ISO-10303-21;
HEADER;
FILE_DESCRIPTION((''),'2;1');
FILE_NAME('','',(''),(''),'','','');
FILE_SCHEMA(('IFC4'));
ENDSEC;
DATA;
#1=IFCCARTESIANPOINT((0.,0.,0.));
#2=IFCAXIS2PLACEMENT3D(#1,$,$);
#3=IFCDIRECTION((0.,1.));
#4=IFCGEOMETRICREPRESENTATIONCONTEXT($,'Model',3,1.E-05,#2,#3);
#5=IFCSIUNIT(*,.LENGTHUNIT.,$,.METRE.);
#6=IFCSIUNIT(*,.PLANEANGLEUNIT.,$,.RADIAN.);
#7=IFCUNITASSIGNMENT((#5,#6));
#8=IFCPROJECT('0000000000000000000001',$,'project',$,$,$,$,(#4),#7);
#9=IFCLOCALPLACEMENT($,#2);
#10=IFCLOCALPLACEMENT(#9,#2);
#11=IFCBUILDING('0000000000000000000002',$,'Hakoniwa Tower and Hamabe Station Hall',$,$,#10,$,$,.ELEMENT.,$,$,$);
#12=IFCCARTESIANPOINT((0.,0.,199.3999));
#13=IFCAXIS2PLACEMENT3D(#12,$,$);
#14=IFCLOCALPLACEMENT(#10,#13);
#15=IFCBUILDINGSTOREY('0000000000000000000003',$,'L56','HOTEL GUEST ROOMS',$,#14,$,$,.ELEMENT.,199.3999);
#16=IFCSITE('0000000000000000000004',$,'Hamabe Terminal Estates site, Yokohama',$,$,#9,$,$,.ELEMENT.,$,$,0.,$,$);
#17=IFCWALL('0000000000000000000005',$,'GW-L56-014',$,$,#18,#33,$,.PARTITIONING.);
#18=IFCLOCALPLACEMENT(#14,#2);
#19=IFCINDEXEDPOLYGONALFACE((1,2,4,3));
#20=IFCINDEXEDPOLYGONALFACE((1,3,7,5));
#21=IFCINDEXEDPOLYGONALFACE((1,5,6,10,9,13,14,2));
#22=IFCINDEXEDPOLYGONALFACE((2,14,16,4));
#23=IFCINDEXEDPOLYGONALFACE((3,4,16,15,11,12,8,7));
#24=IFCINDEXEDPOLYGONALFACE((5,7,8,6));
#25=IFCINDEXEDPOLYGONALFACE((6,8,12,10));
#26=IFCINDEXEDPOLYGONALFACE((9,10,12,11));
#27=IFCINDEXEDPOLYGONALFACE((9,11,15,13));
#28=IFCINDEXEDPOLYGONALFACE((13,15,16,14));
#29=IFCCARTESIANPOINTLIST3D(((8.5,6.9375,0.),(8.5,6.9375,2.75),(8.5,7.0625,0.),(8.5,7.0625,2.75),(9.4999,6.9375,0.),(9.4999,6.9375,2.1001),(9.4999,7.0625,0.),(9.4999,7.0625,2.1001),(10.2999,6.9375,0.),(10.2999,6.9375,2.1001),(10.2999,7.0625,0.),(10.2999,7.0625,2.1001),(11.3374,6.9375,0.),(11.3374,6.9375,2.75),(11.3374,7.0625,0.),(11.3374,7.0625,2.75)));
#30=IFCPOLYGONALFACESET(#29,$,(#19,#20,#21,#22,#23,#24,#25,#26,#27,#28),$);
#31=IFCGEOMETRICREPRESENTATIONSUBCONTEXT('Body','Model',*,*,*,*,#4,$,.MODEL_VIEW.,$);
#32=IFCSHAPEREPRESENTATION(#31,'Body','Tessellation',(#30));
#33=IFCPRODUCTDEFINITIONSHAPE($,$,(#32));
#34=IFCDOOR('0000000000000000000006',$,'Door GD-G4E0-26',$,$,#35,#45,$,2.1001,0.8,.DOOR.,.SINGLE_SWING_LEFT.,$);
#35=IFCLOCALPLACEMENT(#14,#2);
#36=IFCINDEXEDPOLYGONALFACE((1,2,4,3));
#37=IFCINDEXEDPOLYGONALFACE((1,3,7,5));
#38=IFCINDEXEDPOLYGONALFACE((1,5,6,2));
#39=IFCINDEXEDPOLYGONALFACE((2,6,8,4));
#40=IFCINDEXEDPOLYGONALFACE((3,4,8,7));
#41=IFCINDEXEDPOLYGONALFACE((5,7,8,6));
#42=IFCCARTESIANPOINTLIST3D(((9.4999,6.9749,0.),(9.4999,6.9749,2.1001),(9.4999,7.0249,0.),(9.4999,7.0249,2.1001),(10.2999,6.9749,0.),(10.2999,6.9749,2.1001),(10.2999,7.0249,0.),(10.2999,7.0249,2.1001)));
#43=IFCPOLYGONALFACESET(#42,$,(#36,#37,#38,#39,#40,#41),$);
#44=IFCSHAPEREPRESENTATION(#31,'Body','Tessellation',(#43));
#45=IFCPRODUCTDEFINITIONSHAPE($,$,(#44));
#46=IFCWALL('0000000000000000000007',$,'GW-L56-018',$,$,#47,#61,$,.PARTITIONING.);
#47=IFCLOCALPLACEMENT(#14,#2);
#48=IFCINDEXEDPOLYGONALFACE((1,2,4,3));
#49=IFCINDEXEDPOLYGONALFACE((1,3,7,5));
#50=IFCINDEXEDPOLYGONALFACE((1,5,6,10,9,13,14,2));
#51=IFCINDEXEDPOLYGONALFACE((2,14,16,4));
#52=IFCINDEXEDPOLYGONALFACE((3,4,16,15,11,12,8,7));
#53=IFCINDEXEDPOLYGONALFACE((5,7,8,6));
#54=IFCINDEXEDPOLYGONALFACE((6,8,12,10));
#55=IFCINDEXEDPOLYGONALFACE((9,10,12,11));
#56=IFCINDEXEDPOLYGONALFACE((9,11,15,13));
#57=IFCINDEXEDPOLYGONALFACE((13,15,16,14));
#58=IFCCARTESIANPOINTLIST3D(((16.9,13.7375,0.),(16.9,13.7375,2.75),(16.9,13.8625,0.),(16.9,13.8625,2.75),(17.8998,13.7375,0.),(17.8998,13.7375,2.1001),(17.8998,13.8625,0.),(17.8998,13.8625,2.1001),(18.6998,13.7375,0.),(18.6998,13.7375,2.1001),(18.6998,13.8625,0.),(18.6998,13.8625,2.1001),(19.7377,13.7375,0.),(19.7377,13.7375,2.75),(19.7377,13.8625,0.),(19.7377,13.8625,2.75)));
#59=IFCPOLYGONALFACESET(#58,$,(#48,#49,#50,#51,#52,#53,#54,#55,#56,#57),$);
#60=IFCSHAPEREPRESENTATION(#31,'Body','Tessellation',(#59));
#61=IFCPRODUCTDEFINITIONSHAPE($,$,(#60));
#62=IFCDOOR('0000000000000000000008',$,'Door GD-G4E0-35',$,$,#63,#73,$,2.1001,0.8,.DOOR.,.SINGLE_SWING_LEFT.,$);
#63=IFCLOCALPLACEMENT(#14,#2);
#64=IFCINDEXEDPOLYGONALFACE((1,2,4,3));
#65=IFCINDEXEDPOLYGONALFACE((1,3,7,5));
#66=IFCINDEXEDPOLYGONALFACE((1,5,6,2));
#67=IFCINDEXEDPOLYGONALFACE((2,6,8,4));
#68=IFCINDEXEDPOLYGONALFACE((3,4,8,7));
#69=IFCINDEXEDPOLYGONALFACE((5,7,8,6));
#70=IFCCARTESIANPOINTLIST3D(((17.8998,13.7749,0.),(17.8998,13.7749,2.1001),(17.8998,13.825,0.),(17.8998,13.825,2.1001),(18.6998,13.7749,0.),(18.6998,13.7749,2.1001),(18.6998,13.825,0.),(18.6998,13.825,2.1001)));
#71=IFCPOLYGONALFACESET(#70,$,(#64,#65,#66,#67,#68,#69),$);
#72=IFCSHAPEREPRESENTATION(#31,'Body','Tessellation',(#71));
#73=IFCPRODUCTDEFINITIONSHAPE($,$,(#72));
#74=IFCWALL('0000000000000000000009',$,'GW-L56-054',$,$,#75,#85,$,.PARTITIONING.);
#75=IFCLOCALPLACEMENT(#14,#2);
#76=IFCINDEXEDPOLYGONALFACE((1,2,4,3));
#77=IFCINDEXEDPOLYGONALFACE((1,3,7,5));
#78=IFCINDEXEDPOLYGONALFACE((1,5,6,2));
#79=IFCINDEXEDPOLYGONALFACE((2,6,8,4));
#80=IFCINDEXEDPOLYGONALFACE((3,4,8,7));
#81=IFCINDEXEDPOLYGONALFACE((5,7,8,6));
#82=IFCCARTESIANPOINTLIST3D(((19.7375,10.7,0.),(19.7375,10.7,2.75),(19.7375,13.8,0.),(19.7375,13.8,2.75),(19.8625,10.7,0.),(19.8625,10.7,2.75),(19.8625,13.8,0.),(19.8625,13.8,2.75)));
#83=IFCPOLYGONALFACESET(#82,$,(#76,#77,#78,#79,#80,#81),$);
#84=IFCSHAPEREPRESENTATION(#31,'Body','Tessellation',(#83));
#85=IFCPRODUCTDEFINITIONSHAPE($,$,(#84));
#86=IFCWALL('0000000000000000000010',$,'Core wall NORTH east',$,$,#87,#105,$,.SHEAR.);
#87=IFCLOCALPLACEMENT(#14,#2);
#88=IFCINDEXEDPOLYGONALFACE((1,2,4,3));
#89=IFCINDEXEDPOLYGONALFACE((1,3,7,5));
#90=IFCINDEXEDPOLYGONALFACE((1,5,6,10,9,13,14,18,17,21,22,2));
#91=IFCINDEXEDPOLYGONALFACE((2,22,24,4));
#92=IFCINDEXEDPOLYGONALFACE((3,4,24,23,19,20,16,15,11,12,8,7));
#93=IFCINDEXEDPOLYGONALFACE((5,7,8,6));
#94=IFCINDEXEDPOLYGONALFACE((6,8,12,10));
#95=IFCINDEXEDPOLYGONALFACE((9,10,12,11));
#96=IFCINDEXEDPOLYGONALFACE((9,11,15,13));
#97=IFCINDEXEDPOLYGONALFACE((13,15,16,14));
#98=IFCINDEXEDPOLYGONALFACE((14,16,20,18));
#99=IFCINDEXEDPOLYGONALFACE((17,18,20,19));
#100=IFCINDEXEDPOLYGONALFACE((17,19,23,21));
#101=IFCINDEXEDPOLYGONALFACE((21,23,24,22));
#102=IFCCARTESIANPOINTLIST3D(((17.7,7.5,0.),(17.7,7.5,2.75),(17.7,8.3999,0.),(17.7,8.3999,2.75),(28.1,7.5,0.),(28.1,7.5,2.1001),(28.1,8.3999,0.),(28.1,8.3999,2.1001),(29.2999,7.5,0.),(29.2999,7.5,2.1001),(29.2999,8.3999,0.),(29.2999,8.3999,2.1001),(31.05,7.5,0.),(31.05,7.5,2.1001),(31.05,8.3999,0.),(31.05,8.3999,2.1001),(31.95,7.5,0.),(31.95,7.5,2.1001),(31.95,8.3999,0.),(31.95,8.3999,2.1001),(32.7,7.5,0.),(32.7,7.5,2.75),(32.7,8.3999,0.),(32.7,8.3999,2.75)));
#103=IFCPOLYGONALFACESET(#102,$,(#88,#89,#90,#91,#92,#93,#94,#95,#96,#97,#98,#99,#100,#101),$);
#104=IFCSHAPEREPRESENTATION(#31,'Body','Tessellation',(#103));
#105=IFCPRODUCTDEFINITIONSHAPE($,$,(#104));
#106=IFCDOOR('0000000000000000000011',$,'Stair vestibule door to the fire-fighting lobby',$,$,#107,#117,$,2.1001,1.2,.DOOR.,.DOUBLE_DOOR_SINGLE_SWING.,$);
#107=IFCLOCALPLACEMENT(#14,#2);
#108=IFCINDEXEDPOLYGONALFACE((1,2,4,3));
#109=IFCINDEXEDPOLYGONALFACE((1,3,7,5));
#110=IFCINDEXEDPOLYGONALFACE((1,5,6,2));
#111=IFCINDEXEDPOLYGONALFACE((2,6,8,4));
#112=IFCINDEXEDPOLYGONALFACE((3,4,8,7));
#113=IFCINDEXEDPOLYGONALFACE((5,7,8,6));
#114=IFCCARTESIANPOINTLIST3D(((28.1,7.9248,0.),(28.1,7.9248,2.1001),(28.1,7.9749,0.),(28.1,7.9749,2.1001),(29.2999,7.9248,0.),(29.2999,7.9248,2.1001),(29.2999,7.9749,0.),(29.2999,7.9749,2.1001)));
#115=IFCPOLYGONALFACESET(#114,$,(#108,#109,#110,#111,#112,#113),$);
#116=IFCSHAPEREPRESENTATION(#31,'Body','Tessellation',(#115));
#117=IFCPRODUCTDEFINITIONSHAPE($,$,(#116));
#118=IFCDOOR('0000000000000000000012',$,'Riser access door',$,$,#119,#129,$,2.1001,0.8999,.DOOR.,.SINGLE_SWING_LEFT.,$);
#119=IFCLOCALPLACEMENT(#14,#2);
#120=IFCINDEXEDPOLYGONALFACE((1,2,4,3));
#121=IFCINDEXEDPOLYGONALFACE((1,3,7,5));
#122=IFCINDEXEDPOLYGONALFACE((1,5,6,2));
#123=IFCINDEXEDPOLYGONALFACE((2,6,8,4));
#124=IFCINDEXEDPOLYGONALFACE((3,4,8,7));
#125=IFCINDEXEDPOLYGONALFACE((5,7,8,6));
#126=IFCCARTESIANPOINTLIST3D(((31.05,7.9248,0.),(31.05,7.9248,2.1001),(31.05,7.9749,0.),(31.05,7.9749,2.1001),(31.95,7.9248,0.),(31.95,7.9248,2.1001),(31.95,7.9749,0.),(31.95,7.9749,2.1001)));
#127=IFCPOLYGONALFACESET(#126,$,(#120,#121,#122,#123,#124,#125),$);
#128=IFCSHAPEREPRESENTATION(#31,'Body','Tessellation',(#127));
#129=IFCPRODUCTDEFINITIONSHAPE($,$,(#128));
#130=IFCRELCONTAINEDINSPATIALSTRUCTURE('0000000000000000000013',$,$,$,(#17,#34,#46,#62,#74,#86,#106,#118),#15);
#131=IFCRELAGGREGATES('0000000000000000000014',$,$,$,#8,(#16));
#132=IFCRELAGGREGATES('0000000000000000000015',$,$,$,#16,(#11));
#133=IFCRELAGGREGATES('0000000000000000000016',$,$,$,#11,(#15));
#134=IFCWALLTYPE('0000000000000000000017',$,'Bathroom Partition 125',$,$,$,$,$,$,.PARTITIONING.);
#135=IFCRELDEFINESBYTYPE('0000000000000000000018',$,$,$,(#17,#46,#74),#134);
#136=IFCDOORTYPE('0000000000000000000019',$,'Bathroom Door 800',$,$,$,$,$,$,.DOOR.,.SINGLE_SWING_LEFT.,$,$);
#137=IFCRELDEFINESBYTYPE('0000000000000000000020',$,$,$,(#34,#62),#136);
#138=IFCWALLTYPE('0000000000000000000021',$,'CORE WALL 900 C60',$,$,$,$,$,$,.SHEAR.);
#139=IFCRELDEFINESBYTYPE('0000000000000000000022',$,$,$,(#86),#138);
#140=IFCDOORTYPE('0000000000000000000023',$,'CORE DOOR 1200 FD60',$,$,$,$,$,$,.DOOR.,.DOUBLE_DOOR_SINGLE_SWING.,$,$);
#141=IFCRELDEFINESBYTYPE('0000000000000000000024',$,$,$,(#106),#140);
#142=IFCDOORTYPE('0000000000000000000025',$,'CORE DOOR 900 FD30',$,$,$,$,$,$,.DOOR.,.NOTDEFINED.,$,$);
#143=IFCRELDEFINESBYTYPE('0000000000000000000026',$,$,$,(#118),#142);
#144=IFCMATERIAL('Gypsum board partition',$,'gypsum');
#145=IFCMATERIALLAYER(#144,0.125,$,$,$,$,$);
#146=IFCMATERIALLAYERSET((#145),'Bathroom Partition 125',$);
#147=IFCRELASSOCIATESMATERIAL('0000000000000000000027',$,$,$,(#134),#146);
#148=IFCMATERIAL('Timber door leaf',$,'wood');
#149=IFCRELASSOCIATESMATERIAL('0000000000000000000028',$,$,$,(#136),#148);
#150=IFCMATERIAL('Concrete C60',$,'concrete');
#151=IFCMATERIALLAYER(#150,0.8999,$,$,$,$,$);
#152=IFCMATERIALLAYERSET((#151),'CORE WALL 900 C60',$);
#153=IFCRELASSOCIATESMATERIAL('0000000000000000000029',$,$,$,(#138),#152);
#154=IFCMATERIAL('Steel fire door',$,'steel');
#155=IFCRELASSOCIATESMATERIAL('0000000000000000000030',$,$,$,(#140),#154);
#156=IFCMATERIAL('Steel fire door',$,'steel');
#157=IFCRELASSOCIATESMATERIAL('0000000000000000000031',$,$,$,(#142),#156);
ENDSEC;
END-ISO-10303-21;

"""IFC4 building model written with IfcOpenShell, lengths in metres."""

from ifc_helpers import new_model, si_unit, direction, frame, frame_2d, origin, place, context, subcontext, project, spatial, rectangle, extrude, material, layer, layer_set, type_object, element, fill, save


model = new_model("IFC4")

# Units and contexts
model_context = context("Model", 3, precision=1e-05, world=origin(), true_north=direction((0.0, 1.0)))
body_context = subcontext(model_context, "Body", "Model", "MODEL_VIEW")
ifc_project = project(units=[si_unit("LENGTHUNIT", "METRE"), si_unit("PLANEANGLEUNIT", "RADIAN")], contexts=[model_context])

# Site, building, storey
site_placement = place(None, origin())
site = spatial("IfcSite", under=ifc_project, at=site_placement, Name="Hamabe Terminal Estates site, Yokohama", CompositionType="ELEMENT", RefElevation=0.0)
building_placement = place(site_placement, origin())
building = spatial("IfcBuilding", under=site, at=building_placement, Name="Hakoniwa Tower and Hamabe Station Hall", CompositionType="ELEMENT")
storey_placement = place(building_placement, frame((0.0, 0.0, 199.3999)))
storey = spatial("IfcBuildingStorey", under=building, at=storey_placement, Name="L56", Description="HOTEL GUEST ROOMS", CompositionType="ELEMENT", Elevation=199.3999)

# Walls, openings, doors
ifc_material_1 = material(Name="Gypsum board partition", Category="gypsum")
ifc_layer_1 = layer(ifc_material_1, 0.125)
ifc_layer_set_1 = layer_set([ifc_layer_1], Name="Bathroom Partition 125")
wall_type_1 = type_object("IfcWallType", Name="Bathroom Partition 125", PredefinedType="PARTITIONING", material=ifc_layer_set_1)
wall_1_placement = place(storey_placement, frame((8.5, 7.0, 0.0), z_axis=(0.0, 0.0, 1.0), x_axis=(1.0, 0.0, 0.0)))
wall_1 = element("IfcWall", 1, at=wall_1_placement, inside=storey, type_object=wall_type_1, Name="GW-L56-014", PredefinedType="PARTITIONING", context=body_context, shape_type="SweptSolid", body=[
    extrude(rectangle(XDim=2.8374, YDim=0.125, at=frame_2d((1.4187, 0.0))), origin(), (0.0, 0.0, 1.0), 2.75),
])
opening_1_placement = place(wall_1_placement, frame((1.0, 0.0, 0.0)))
opening_1 = element("IfcOpeningElement", 2, at=opening_1_placement, cuts=wall_1, PredefinedType="OPENING", context=body_context, shape_type="SweptSolid", body=[
    extrude(rectangle(XDim=0.8, YDim=2.1001, at=frame_2d((0.3999, 1.05))), frame((0.0, 0.0725, 0.0), z_axis=(0.0, -1.0, 0.0), x_axis=(1.0, 0.0, 0.0)), (0.0, 0.0, 1.0), 0.145),
])
ifc_material_2 = material(Name="Timber door leaf", Category="wood")
door_type_1 = type_object("IfcDoorType", Name="Bathroom Door 800", OperationType="SINGLE_SWING_LEFT", PredefinedType="DOOR", material=ifc_material_2)
door_1_placement = place(opening_1_placement, origin())
door_1 = element("IfcDoor", 3, at=door_1_placement, inside=storey, type_object=door_type_1, Name="Door GD-G4E0-26", OperationType="SINGLE_SWING_LEFT", OverallHeight=2.1001, OverallWidth=0.8, PredefinedType="DOOR", context=body_context, shape_type="SweptSolid", body=[
    extrude(rectangle(XDim=0.8, YDim=2.1001, at=frame_2d((0.3999, 1.05))), frame((0.0, 0.0249, 0.0), z_axis=(0.0, -1.0, 0.0), x_axis=(1.0, 0.0, 0.0)), (0.0, 0.0, 1.0), 0.05),
])
fill(opening_1, door_1)
wall_2_placement = place(storey_placement, frame((16.8999, 13.8, 0.0), z_axis=(0.0, 0.0, 1.0), x_axis=(1.0, 0.0, 0.0)))
wall_2 = element("IfcWall", 4, at=wall_2_placement, inside=storey, type_object=wall_type_1, Name="GW-L56-018", PredefinedType="PARTITIONING", context=body_context, shape_type="SweptSolid", body=[
    extrude(rectangle(XDim=2.8376, YDim=0.125, at=frame_2d((1.4189, 0.0))), origin(), (0.0, 0.0, 1.0), 2.75),
])
opening_2_placement = place(wall_2_placement, frame((1.0, 0.0, 0.0)))
opening_2 = element("IfcOpeningElement", 5, at=opening_2_placement, cuts=wall_2, PredefinedType="OPENING", context=body_context, shape_type="SweptSolid", body=[
    extrude(rectangle(XDim=0.8, YDim=2.1001, at=frame_2d((0.3999, 1.05))), frame((0.0, 0.0725, 0.0), z_axis=(0.0, -1.0, 0.0), x_axis=(1.0, 0.0, 0.0)), (0.0, 0.0, 1.0), 0.145),
])
door_2_placement = place(opening_2_placement, origin())
door_2 = element("IfcDoor", 6, at=door_2_placement, inside=storey, type_object=door_type_1, Name="Door GD-G4E0-35", OperationType="SINGLE_SWING_LEFT", OverallHeight=2.1001, OverallWidth=0.8, PredefinedType="DOOR", context=body_context, shape_type="SweptSolid", body=[
    extrude(rectangle(XDim=0.8, YDim=2.1001, at=frame_2d((0.3999, 1.05))), frame((0.0, 0.0249, 0.0), z_axis=(0.0, -1.0, 0.0), x_axis=(1.0, 0.0, 0.0)), (0.0, 0.0, 1.0), 0.05),
])
fill(opening_2, door_2)

# Wall
wall_3_placement = place(storey_placement, frame((19.8, 10.7, 0.0), z_axis=(0.0, 0.0, 1.0), x_axis=(0.0, 1.0, 0.0)))
element("IfcWall", 7, at=wall_3_placement, inside=storey, type_object=wall_type_1, Name="GW-L56-054", PredefinedType="PARTITIONING", context=body_context, shape_type="SweptSolid", body=[
    extrude(rectangle(XDim=3.1001, YDim=0.125, at=frame_2d((1.55, 0.0))), origin(), (0.0, 0.0, 1.0), 2.75),
])

# Wall, openings, doors
ifc_material_3 = material(Name="Concrete C60", Category="concrete")
ifc_layer_2 = layer(ifc_material_3, 0.8999)
ifc_layer_set_2 = layer_set([ifc_layer_2], Name="CORE WALL 900 C60")
wall_type_2 = type_object("IfcWallType", Name="CORE WALL 900 C60", PredefinedType="SHEAR", material=ifc_layer_set_2)
wall_4_placement = place(storey_placement, frame((17.7, 7.95, 0.0), z_axis=(0.0, 0.0, 1.0), x_axis=(1.0, 0.0, 0.0)))
wall_4 = element("IfcWall", 8, at=wall_4_placement, inside=storey, type_object=wall_type_2, Name="Core wall NORTH east", PredefinedType="SHEAR", context=body_context, shape_type="SweptSolid", body=[
    extrude(rectangle(XDim=15.0, YDim=0.8999, at=frame_2d((7.5, 0.0))), origin(), (0.0, 0.0, 1.0), 2.75),
])
opening_3_placement = place(wall_4_placement, frame((10.3999, 0.0, 0.0)))
opening_3 = element("IfcOpeningElement", 9, at=opening_3_placement, cuts=wall_4, PredefinedType="OPENING", context=body_context, shape_type="SweptSolid", body=[
    extrude(rectangle(XDim=1.2, YDim=2.1001, at=frame_2d((0.6001, 1.05))), frame((0.0, 0.46, 0.0), z_axis=(0.0, -1.0, 0.0), x_axis=(1.0, 0.0, 0.0)), (0.0, 0.0, 1.0), 0.9199),
])
opening_4_placement = place(wall_4_placement, frame((13.3501, 0.0, 0.0)))
opening_4 = element("IfcOpeningElement", 10, at=opening_4_placement, cuts=wall_4, PredefinedType="OPENING", context=body_context, shape_type="SweptSolid", body=[
    extrude(rectangle(XDim=0.8999, YDim=2.1001, at=frame_2d((0.45, 1.05))), frame((0.0, 0.46, 0.0), z_axis=(0.0, -1.0, 0.0), x_axis=(1.0, 0.0, 0.0)), (0.0, 0.0, 1.0), 0.9199),
])
ifc_material_4 = material(Name="Steel fire door", Category="steel")
door_type_2 = type_object("IfcDoorType", Name="CORE DOOR 1200 FD60", OperationType="DOUBLE_DOOR_SINGLE_SWING", PredefinedType="DOOR", material=ifc_material_4)
door_3_placement = place(opening_3_placement, origin())
door_3 = element("IfcDoor", 11, at=door_3_placement, inside=storey, type_object=door_type_2, Name="Stair vestibule door to the fire-fighting lobby", OperationType="DOUBLE_DOOR_SINGLE_SWING", OverallHeight=2.1001, OverallWidth=1.2, PredefinedType="DOOR", context=body_context, shape_type="SweptSolid", body=[
    extrude(rectangle(XDim=1.2, YDim=2.1001, at=frame_2d((0.6001, 1.05))), frame((0.0, 0.0249, 0.0), z_axis=(0.0, -1.0, 0.0), x_axis=(1.0, 0.0, 0.0)), (0.0, 0.0, 1.0), 0.05),
])
fill(opening_3, door_3)
ifc_material_5 = material(Name="Steel fire door", Category="steel")
door_type_3 = type_object("IfcDoorType", Name="CORE DOOR 900 FD30", OperationType="NOTDEFINED", PredefinedType="DOOR", material=ifc_material_5)
door_4_placement = place(opening_4_placement, origin())
door_4 = element("IfcDoor", 12, at=door_4_placement, inside=storey, type_object=door_type_3, Name="Riser access door", OperationType="SINGLE_SWING_LEFT", OverallHeight=2.1001, OverallWidth=0.8999, PredefinedType="DOOR", context=body_context, shape_type="SweptSolid", body=[
    extrude(rectangle(XDim=0.8999, YDim=2.1001, at=frame_2d((0.45, 1.05))), frame((0.0, 0.0249, 0.0), z_axis=(0.0, -1.0, 0.0), x_axis=(1.0, 0.0, 0.0)), (0.0, 0.0, 1.0), 0.05),
])
fill(opening_4, door_4)

save(model, "model.ifc")
